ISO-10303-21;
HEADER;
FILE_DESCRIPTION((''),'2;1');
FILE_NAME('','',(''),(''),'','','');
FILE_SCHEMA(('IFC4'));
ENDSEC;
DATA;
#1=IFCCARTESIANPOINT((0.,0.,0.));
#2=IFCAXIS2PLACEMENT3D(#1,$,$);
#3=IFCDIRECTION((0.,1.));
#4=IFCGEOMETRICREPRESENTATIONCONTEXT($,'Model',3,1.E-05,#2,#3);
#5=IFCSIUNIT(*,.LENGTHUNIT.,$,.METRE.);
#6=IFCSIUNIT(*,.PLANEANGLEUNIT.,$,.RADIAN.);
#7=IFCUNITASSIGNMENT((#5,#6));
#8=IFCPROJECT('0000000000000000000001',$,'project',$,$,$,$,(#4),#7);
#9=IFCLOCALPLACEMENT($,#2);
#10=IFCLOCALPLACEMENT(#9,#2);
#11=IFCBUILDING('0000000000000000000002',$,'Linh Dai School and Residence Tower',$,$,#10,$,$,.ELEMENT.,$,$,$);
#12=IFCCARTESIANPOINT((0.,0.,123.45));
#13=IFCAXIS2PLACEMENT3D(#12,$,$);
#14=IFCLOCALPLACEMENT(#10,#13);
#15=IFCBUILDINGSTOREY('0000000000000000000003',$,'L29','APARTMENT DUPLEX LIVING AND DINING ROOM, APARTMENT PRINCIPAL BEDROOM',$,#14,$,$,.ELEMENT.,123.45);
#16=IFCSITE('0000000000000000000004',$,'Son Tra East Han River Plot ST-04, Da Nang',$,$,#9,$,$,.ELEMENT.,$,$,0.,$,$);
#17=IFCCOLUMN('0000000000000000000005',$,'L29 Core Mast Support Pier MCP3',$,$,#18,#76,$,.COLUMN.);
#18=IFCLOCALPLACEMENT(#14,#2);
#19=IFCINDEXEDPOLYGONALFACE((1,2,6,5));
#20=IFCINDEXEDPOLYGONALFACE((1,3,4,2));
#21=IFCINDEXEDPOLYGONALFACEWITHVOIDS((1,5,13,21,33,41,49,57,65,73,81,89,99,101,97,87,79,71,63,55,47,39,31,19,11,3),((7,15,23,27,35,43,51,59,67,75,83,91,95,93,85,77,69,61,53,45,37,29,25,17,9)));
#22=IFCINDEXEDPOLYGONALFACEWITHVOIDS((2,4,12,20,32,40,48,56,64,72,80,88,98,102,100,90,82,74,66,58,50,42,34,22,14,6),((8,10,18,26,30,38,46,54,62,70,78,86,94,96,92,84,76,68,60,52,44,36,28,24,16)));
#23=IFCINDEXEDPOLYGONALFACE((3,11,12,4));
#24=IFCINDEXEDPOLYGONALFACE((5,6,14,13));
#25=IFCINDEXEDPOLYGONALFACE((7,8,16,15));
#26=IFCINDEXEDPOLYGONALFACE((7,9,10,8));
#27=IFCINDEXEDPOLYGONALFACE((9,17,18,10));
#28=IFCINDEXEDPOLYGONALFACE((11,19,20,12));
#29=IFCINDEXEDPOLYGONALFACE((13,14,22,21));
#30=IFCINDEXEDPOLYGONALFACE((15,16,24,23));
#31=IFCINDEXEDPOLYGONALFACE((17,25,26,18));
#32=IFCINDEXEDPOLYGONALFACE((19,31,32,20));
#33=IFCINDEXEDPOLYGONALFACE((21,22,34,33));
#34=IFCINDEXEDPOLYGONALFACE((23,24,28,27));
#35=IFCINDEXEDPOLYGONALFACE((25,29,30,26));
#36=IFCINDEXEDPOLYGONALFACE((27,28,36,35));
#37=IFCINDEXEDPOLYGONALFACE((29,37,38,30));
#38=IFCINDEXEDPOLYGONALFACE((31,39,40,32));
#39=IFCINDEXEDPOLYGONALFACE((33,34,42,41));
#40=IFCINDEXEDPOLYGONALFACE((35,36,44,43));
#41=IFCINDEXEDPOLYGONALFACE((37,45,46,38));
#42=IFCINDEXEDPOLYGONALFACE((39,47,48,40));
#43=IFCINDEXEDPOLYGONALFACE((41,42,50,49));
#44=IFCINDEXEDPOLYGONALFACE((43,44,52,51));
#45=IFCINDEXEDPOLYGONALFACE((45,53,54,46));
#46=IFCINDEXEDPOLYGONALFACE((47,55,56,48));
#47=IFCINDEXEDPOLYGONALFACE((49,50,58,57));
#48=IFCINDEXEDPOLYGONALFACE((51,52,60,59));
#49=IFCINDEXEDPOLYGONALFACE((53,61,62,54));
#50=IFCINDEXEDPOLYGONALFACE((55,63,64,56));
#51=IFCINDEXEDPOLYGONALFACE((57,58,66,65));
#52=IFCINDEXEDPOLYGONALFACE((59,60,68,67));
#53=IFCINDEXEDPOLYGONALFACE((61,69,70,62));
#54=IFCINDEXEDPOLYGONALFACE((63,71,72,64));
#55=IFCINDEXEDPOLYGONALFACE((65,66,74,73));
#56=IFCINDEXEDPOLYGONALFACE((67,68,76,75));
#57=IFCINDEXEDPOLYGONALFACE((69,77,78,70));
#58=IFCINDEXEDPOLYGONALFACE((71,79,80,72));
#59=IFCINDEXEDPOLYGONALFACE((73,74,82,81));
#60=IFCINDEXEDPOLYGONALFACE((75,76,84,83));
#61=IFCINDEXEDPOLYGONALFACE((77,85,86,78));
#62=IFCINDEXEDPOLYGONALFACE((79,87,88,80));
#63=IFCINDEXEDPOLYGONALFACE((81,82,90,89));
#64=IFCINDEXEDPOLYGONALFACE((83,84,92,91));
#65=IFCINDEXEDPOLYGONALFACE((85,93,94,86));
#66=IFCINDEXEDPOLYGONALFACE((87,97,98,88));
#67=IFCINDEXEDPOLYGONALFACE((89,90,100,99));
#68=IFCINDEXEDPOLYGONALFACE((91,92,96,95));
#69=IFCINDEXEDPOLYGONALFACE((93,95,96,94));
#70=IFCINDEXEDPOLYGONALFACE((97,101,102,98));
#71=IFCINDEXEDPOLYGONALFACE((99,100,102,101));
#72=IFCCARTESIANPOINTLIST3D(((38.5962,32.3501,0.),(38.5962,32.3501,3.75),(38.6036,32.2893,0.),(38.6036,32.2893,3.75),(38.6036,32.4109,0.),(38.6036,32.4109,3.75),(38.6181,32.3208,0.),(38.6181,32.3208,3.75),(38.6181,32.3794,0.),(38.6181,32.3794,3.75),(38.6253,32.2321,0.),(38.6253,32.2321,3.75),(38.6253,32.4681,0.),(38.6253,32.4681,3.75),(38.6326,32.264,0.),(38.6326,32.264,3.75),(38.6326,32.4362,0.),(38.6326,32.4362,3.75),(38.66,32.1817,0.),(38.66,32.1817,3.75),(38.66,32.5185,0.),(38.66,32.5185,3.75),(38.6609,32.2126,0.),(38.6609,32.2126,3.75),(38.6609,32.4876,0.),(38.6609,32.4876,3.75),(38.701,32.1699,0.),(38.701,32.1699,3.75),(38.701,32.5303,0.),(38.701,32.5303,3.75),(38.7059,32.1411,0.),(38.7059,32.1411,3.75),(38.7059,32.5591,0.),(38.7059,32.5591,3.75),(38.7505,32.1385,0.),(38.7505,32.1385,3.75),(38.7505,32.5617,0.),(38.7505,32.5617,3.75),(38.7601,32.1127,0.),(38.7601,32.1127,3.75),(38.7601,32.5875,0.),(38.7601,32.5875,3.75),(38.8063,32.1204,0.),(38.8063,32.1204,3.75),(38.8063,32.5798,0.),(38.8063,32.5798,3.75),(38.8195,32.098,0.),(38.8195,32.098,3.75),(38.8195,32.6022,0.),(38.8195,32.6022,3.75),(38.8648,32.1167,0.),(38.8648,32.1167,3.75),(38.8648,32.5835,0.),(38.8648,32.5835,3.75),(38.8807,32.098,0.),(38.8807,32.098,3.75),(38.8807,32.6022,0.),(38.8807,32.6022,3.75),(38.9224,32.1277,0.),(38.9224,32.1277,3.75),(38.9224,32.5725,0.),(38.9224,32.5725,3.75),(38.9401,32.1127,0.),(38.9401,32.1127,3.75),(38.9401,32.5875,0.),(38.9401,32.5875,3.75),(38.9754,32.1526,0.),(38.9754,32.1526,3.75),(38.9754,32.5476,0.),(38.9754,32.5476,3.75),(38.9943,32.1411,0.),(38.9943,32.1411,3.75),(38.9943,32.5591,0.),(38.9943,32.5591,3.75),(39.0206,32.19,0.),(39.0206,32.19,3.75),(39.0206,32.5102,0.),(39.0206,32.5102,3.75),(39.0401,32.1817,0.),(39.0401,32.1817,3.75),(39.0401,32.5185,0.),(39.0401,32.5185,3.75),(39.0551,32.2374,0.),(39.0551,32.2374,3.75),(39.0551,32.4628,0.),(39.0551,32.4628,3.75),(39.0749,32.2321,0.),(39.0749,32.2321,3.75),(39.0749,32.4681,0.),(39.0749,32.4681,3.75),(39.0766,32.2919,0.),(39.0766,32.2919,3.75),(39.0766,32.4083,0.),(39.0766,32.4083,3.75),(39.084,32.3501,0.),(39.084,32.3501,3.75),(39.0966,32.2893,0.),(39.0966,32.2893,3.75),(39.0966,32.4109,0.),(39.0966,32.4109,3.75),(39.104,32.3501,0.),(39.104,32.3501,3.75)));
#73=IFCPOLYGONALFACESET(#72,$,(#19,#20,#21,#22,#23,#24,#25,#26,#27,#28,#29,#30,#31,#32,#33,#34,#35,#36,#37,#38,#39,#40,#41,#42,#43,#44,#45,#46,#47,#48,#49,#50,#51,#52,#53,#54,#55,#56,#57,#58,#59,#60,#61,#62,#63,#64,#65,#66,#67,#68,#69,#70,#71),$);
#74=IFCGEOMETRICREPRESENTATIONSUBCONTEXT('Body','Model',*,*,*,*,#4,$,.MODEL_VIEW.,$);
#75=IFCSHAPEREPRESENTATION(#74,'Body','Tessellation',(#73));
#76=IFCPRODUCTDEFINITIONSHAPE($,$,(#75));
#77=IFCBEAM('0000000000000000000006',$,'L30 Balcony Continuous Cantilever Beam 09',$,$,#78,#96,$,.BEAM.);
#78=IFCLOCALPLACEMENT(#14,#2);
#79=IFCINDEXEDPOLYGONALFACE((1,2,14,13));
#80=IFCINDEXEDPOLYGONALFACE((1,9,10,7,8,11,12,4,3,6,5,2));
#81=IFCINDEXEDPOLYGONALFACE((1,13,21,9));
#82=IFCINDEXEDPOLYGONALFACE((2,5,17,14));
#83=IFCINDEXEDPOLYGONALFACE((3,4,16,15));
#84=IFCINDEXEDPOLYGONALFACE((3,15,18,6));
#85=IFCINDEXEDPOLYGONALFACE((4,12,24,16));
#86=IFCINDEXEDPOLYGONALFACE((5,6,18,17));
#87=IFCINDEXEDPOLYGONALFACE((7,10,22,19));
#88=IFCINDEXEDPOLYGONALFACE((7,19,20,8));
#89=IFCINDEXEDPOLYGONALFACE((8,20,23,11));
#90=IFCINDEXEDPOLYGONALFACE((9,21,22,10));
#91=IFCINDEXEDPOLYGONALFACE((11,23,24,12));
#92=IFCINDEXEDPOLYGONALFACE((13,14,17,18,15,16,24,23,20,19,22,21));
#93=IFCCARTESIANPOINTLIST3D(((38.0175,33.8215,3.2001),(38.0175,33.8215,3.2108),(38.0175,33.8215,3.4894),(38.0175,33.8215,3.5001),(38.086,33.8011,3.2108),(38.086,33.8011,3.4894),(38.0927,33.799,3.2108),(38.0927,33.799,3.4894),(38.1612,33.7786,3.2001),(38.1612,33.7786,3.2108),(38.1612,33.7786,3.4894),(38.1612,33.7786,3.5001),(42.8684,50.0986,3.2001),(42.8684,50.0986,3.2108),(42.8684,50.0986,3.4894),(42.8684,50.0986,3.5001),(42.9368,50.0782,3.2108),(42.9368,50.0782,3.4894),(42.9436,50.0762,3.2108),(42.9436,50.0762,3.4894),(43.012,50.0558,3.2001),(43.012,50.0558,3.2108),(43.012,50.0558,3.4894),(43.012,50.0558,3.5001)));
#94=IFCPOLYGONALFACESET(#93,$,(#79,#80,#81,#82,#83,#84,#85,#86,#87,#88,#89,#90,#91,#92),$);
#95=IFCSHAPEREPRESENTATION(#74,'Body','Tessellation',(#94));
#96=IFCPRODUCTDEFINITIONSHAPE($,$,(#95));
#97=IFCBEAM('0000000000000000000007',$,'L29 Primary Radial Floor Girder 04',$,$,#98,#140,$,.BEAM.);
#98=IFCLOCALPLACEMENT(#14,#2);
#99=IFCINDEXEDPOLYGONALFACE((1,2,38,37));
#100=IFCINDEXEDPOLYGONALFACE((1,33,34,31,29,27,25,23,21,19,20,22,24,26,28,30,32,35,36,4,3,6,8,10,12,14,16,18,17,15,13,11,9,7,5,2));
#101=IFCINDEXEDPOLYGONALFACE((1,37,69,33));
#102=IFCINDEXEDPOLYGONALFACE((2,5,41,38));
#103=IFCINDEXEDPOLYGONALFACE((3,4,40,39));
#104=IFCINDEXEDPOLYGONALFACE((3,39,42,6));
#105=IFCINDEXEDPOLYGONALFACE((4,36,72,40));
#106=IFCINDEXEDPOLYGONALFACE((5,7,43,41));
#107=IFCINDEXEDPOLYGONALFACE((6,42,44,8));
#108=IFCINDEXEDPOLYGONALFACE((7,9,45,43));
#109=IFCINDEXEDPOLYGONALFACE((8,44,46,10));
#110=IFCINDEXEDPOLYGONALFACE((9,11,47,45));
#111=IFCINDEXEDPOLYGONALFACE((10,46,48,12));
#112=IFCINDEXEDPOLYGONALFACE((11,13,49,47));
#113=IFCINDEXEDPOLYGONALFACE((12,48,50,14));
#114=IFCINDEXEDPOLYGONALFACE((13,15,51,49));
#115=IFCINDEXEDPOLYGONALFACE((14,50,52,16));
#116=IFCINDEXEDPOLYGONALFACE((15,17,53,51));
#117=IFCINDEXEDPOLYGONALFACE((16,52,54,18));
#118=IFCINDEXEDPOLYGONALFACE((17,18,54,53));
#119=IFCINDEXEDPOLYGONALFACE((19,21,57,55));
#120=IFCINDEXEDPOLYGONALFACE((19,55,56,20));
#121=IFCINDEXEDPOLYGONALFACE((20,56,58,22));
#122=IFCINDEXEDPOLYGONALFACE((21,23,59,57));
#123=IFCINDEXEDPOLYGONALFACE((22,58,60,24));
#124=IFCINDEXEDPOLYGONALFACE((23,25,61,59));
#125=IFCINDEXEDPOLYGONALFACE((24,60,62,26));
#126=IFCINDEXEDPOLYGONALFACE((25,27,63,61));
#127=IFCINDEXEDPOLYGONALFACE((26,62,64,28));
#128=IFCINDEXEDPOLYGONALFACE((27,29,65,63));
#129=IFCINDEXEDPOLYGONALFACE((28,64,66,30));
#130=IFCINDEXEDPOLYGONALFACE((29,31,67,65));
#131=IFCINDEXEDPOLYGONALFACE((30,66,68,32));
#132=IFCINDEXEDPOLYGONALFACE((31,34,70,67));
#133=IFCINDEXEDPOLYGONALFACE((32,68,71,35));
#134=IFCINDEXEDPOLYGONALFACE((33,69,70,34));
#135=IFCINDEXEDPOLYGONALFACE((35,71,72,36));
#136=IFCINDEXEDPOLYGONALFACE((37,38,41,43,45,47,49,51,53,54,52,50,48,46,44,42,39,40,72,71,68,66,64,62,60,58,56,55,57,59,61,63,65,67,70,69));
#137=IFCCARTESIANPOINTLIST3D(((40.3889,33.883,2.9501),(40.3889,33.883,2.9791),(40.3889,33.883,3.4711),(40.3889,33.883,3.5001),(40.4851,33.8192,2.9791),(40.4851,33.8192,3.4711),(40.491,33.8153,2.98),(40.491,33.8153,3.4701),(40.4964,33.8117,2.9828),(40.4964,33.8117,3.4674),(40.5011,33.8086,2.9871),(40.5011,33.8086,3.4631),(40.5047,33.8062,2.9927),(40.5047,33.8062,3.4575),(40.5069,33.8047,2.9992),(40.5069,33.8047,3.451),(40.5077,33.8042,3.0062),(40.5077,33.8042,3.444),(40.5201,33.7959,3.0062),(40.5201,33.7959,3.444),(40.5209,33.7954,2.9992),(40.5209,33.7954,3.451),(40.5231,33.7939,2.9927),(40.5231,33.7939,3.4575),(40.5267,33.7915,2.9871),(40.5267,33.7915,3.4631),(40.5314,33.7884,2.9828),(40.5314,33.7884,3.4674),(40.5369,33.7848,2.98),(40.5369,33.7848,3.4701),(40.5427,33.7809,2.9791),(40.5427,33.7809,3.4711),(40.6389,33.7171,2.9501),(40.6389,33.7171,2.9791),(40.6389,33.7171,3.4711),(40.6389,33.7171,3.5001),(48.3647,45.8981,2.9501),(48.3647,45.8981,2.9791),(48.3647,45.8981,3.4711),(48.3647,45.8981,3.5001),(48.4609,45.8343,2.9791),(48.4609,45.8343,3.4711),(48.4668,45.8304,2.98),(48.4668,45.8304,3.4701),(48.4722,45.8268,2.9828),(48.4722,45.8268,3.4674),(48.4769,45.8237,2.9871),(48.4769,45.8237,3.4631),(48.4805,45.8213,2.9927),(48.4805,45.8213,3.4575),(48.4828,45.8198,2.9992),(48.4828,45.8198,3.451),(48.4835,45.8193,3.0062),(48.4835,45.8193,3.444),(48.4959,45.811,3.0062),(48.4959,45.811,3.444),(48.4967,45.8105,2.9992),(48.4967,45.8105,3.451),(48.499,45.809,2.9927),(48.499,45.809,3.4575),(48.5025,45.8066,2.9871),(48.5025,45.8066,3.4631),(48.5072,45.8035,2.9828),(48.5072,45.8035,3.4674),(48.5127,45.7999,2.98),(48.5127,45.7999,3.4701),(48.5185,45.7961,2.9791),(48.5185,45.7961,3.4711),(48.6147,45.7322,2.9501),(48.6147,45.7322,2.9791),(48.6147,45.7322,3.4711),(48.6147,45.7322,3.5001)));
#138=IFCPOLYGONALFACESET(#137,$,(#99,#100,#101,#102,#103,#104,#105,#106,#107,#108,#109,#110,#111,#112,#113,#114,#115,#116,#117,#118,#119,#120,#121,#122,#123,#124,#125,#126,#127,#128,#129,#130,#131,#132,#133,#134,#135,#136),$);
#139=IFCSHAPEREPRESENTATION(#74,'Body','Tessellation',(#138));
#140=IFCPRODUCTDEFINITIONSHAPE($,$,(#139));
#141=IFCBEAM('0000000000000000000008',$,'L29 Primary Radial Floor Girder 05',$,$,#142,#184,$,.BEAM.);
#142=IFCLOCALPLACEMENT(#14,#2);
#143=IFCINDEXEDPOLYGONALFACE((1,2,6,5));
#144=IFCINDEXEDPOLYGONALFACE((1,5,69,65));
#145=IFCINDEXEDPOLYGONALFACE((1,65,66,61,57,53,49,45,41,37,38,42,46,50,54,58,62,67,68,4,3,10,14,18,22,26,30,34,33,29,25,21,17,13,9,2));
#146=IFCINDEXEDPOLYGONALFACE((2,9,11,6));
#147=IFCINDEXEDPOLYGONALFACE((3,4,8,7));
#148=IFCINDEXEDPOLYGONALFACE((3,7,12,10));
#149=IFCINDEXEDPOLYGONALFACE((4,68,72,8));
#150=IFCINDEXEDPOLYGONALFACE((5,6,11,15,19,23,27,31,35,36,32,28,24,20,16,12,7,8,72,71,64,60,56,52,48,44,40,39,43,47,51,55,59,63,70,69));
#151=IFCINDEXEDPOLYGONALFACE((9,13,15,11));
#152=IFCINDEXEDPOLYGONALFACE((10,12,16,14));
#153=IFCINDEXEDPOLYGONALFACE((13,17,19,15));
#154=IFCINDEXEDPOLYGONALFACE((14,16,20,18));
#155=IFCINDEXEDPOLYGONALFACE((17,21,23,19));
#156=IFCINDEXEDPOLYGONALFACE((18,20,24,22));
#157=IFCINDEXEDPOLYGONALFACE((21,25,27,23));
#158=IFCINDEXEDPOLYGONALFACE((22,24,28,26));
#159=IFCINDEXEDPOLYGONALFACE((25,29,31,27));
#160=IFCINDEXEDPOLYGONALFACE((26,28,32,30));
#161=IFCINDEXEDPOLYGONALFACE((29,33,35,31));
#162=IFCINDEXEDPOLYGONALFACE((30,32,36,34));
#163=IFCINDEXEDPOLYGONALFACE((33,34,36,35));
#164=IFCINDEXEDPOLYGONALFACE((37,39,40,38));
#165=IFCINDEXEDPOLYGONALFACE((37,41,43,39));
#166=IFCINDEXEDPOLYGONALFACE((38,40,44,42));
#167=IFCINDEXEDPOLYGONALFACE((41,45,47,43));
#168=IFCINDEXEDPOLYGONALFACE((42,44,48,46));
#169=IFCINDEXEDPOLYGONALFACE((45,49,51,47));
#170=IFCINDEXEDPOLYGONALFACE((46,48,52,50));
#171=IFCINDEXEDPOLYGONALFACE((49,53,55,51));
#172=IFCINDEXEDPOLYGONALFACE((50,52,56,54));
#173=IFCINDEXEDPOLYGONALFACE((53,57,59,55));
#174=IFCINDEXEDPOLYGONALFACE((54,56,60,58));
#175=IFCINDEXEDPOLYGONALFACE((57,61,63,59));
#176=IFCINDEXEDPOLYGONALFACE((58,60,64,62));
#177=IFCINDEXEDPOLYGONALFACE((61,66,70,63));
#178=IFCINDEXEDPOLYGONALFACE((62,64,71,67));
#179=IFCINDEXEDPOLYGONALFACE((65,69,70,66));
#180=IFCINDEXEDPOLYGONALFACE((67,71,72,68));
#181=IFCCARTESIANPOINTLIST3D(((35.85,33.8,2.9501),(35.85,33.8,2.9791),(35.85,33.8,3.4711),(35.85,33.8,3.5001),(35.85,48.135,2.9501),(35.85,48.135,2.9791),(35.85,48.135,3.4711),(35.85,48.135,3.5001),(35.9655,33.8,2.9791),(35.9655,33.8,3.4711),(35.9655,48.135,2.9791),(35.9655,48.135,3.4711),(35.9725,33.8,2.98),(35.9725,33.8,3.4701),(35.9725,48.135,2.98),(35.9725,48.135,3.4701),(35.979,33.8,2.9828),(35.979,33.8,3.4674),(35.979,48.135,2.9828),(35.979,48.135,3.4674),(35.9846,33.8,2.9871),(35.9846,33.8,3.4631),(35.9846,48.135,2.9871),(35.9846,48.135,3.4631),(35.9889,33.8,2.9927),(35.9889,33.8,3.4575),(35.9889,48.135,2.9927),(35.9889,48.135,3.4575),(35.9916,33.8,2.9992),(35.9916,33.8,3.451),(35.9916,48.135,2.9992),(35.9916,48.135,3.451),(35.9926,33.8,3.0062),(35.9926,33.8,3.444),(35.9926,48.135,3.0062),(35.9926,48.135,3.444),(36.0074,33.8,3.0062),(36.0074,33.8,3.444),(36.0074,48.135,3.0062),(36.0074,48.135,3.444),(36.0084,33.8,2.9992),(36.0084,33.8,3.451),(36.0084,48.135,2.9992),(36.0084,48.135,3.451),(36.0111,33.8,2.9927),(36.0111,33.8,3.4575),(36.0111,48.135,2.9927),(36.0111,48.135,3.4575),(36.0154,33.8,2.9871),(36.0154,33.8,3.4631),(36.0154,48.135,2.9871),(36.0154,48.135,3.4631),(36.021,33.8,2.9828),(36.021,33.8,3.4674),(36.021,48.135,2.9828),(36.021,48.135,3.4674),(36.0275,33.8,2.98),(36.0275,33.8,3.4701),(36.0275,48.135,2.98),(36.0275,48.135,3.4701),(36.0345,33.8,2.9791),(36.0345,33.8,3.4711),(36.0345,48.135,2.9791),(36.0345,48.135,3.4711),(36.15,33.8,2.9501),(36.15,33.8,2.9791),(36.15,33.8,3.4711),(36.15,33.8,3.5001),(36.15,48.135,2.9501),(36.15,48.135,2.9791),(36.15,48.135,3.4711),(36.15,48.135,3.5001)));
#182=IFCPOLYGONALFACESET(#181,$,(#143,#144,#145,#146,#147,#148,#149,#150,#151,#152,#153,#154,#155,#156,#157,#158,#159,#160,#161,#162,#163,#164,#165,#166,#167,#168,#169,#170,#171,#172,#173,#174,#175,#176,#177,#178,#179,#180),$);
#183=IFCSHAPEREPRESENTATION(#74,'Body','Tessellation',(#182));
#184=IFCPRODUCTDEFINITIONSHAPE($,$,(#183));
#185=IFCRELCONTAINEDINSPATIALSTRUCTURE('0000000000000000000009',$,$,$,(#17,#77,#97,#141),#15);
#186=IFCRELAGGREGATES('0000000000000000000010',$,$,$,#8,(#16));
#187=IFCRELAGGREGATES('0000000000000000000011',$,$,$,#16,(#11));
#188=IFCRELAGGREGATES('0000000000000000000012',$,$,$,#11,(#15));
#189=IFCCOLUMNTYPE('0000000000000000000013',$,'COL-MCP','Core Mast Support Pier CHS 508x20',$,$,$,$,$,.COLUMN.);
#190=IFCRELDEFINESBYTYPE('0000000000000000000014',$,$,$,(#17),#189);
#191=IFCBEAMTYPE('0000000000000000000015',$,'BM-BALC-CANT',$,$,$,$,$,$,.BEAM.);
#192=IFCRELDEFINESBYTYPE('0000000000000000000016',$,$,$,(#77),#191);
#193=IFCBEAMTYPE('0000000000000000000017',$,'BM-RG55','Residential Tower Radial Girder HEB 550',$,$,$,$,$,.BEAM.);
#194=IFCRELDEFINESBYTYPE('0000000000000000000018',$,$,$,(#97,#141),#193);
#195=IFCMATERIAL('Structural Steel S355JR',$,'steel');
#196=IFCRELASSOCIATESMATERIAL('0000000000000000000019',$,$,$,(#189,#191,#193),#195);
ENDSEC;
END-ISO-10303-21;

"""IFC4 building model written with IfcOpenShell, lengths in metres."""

from ifc_helpers import new_model, si_unit, direction, frame, origin, origin_2d, place, context, subcontext, project, spatial, hollow_circle, i_section, extrude, material, material_profile, profile_set, type_object, element, save


model = new_model("IFC4")

# Units and contexts
model_context = context("Model", 3, precision=1e-05, world=origin(), true_north=direction((0.0, 1.0)))
body_context = subcontext(model_context, "Body", "Model", "MODEL_VIEW")
ifc_project = project(units=[si_unit("LENGTHUNIT", "METRE"), si_unit("PLANEANGLEUNIT", "RADIAN")], contexts=[model_context])

# Site, building, storey
site_placement = place(None, origin())
site = spatial("IfcSite", under=ifc_project, at=site_placement, Name="Son Tra East Han River Plot ST-04, Da Nang", CompositionType="ELEMENT", RefElevation=0.0)
building_placement = place(site_placement, origin())
building = spatial("IfcBuilding", under=site, at=building_placement, Name="Linh Dai School and Residence Tower", CompositionType="ELEMENT")
storey_placement = place(building_placement, frame((0.0, 0.0, 123.45)))
storey = spatial("IfcBuildingStorey", under=building, at=storey_placement, Name="L29", Description="APARTMENT DUPLEX LIVING AND DINING ROOM, APARTMENT PRINCIPAL BEDROOM", CompositionType="ELEMENT", Elevation=123.45)

# Column
ifc_material_1 = material(Name="Structural Steel S355JR", Category="steel")
ifc_material_profile_1 = material_profile(ifc_material_1, hollow_circle(Radius=0.2539, WallThickness=0.02, at=origin_2d()), Name="CHS 508x20")
ifc_profile_set_1 = profile_set([ifc_material_profile_1], Name="Structural Steel S355JR")
column_type_1 = type_object("IfcColumnType", Name="COL-MCP", Description="Core Mast Support Pier CHS 508x20", PredefinedType="COLUMN", material=ifc_profile_set_1)
column_placement = place(storey_placement, frame((38.8501, 32.3501, 0.0), z_axis=(0.0, 0.0, 1.0), x_axis=(1.0, 0.0, 0.0)))
element("IfcColumn", 1, at=column_placement, inside=storey, type_object=column_type_1, Name="L29 Core Mast Support Pier MCP3", PredefinedType="COLUMN", context=body_context, shape_type="SweptSolid", body=[
    extrude(hollow_circle(Radius=0.2539, WallThickness=0.02, at=origin_2d()), origin(), (0.0, 0.0, 1.0), 3.75),
])

# Beams
ifc_material_profile_2 = material_profile(ifc_material_1, i_section(OverallWidth=0.1499, OverallDepth=0.3, WebThickness=0.0071, FlangeThickness=0.0107, at=origin_2d()), Name="IPE 300")
ifc_profile_set_2 = profile_set([ifc_material_profile_2], Name="Structural Steel S355JR")
beam_type_1 = type_object("IfcBeamType", Name="BM-BALC-CANT", PredefinedType="BEAM", material=ifc_profile_set_2)
beam_1_placement = place(storey_placement, frame((38.0894, 33.8, 3.3501), z_axis=(0.285603, 0.958348, 0.0), x_axis=(-0.958348, 0.285603, 0.0)))
element("IfcBeam", 2, at=beam_1_placement, inside=storey, type_object=beam_type_1, Name="L30 Balcony Continuous Cantilever Beam 09", PredefinedType="BEAM", context=body_context, shape_type="SweptSolid", body=[
    extrude(i_section(OverallWidth=0.1499, OverallDepth=0.3, WebThickness=0.0071, FlangeThickness=0.0107, at=origin_2d()), origin(), (0.0, 0.0, 1.0), 16.9846),
])
ifc_material_profile_3 = material_profile(ifc_material_1, i_section(OverallWidth=0.3, OverallDepth=0.55, WebThickness=0.0149, FlangeThickness=0.0291, FilletRadius=0.0271, at=origin_2d()), Name="HEB 550")
ifc_profile_set_3 = profile_set([ifc_material_profile_3], Name="Structural Steel S355JR")
beam_type_2 = type_object("IfcBeamType", Name="BM-RG55", Description="Residential Tower Radial Girder HEB 550", PredefinedType="BEAM", material=ifc_profile_set_3)
beam_2_placement = place(storey_placement, frame((40.5139, 33.8, 3.2251), z_axis=(0.553054, 0.833145, 0.0), x_axis=(-0.833145, 0.553054, 0.0)))
element("IfcBeam", 3, at=beam_2_placement, inside=storey, type_object=beam_type_2, Name="L29 Primary Radial Floor Girder 04", PredefinedType="BEAM", context=body_context, shape_type="SweptSolid", body=[
    extrude(i_section(OverallWidth=0.3, OverallDepth=0.55, WebThickness=0.0149, FlangeThickness=0.0291, FilletRadius=0.0271, at=origin_2d()), origin(), (0.0, 0.0, 1.0), 14.4214),
])
beam_3_placement = place(storey_placement, frame((36.0, 33.8, 3.2251), z_axis=(0.0, 1.0, 0.0), x_axis=(-1.0, 0.0, 0.0)))
element("IfcBeam", 4, at=beam_3_placement, inside=storey, type_object=beam_type_2, Name="L29 Primary Radial Floor Girder 05", PredefinedType="BEAM", context=body_context, shape_type="SweptSolid", body=[
    extrude(i_section(OverallWidth=0.3, OverallDepth=0.55, WebThickness=0.0149, FlangeThickness=0.0291, FilletRadius=0.0271, at=origin_2d()), origin(), (0.0, 0.0, 1.0), 14.335),
])

save(model, "model.ifc")
